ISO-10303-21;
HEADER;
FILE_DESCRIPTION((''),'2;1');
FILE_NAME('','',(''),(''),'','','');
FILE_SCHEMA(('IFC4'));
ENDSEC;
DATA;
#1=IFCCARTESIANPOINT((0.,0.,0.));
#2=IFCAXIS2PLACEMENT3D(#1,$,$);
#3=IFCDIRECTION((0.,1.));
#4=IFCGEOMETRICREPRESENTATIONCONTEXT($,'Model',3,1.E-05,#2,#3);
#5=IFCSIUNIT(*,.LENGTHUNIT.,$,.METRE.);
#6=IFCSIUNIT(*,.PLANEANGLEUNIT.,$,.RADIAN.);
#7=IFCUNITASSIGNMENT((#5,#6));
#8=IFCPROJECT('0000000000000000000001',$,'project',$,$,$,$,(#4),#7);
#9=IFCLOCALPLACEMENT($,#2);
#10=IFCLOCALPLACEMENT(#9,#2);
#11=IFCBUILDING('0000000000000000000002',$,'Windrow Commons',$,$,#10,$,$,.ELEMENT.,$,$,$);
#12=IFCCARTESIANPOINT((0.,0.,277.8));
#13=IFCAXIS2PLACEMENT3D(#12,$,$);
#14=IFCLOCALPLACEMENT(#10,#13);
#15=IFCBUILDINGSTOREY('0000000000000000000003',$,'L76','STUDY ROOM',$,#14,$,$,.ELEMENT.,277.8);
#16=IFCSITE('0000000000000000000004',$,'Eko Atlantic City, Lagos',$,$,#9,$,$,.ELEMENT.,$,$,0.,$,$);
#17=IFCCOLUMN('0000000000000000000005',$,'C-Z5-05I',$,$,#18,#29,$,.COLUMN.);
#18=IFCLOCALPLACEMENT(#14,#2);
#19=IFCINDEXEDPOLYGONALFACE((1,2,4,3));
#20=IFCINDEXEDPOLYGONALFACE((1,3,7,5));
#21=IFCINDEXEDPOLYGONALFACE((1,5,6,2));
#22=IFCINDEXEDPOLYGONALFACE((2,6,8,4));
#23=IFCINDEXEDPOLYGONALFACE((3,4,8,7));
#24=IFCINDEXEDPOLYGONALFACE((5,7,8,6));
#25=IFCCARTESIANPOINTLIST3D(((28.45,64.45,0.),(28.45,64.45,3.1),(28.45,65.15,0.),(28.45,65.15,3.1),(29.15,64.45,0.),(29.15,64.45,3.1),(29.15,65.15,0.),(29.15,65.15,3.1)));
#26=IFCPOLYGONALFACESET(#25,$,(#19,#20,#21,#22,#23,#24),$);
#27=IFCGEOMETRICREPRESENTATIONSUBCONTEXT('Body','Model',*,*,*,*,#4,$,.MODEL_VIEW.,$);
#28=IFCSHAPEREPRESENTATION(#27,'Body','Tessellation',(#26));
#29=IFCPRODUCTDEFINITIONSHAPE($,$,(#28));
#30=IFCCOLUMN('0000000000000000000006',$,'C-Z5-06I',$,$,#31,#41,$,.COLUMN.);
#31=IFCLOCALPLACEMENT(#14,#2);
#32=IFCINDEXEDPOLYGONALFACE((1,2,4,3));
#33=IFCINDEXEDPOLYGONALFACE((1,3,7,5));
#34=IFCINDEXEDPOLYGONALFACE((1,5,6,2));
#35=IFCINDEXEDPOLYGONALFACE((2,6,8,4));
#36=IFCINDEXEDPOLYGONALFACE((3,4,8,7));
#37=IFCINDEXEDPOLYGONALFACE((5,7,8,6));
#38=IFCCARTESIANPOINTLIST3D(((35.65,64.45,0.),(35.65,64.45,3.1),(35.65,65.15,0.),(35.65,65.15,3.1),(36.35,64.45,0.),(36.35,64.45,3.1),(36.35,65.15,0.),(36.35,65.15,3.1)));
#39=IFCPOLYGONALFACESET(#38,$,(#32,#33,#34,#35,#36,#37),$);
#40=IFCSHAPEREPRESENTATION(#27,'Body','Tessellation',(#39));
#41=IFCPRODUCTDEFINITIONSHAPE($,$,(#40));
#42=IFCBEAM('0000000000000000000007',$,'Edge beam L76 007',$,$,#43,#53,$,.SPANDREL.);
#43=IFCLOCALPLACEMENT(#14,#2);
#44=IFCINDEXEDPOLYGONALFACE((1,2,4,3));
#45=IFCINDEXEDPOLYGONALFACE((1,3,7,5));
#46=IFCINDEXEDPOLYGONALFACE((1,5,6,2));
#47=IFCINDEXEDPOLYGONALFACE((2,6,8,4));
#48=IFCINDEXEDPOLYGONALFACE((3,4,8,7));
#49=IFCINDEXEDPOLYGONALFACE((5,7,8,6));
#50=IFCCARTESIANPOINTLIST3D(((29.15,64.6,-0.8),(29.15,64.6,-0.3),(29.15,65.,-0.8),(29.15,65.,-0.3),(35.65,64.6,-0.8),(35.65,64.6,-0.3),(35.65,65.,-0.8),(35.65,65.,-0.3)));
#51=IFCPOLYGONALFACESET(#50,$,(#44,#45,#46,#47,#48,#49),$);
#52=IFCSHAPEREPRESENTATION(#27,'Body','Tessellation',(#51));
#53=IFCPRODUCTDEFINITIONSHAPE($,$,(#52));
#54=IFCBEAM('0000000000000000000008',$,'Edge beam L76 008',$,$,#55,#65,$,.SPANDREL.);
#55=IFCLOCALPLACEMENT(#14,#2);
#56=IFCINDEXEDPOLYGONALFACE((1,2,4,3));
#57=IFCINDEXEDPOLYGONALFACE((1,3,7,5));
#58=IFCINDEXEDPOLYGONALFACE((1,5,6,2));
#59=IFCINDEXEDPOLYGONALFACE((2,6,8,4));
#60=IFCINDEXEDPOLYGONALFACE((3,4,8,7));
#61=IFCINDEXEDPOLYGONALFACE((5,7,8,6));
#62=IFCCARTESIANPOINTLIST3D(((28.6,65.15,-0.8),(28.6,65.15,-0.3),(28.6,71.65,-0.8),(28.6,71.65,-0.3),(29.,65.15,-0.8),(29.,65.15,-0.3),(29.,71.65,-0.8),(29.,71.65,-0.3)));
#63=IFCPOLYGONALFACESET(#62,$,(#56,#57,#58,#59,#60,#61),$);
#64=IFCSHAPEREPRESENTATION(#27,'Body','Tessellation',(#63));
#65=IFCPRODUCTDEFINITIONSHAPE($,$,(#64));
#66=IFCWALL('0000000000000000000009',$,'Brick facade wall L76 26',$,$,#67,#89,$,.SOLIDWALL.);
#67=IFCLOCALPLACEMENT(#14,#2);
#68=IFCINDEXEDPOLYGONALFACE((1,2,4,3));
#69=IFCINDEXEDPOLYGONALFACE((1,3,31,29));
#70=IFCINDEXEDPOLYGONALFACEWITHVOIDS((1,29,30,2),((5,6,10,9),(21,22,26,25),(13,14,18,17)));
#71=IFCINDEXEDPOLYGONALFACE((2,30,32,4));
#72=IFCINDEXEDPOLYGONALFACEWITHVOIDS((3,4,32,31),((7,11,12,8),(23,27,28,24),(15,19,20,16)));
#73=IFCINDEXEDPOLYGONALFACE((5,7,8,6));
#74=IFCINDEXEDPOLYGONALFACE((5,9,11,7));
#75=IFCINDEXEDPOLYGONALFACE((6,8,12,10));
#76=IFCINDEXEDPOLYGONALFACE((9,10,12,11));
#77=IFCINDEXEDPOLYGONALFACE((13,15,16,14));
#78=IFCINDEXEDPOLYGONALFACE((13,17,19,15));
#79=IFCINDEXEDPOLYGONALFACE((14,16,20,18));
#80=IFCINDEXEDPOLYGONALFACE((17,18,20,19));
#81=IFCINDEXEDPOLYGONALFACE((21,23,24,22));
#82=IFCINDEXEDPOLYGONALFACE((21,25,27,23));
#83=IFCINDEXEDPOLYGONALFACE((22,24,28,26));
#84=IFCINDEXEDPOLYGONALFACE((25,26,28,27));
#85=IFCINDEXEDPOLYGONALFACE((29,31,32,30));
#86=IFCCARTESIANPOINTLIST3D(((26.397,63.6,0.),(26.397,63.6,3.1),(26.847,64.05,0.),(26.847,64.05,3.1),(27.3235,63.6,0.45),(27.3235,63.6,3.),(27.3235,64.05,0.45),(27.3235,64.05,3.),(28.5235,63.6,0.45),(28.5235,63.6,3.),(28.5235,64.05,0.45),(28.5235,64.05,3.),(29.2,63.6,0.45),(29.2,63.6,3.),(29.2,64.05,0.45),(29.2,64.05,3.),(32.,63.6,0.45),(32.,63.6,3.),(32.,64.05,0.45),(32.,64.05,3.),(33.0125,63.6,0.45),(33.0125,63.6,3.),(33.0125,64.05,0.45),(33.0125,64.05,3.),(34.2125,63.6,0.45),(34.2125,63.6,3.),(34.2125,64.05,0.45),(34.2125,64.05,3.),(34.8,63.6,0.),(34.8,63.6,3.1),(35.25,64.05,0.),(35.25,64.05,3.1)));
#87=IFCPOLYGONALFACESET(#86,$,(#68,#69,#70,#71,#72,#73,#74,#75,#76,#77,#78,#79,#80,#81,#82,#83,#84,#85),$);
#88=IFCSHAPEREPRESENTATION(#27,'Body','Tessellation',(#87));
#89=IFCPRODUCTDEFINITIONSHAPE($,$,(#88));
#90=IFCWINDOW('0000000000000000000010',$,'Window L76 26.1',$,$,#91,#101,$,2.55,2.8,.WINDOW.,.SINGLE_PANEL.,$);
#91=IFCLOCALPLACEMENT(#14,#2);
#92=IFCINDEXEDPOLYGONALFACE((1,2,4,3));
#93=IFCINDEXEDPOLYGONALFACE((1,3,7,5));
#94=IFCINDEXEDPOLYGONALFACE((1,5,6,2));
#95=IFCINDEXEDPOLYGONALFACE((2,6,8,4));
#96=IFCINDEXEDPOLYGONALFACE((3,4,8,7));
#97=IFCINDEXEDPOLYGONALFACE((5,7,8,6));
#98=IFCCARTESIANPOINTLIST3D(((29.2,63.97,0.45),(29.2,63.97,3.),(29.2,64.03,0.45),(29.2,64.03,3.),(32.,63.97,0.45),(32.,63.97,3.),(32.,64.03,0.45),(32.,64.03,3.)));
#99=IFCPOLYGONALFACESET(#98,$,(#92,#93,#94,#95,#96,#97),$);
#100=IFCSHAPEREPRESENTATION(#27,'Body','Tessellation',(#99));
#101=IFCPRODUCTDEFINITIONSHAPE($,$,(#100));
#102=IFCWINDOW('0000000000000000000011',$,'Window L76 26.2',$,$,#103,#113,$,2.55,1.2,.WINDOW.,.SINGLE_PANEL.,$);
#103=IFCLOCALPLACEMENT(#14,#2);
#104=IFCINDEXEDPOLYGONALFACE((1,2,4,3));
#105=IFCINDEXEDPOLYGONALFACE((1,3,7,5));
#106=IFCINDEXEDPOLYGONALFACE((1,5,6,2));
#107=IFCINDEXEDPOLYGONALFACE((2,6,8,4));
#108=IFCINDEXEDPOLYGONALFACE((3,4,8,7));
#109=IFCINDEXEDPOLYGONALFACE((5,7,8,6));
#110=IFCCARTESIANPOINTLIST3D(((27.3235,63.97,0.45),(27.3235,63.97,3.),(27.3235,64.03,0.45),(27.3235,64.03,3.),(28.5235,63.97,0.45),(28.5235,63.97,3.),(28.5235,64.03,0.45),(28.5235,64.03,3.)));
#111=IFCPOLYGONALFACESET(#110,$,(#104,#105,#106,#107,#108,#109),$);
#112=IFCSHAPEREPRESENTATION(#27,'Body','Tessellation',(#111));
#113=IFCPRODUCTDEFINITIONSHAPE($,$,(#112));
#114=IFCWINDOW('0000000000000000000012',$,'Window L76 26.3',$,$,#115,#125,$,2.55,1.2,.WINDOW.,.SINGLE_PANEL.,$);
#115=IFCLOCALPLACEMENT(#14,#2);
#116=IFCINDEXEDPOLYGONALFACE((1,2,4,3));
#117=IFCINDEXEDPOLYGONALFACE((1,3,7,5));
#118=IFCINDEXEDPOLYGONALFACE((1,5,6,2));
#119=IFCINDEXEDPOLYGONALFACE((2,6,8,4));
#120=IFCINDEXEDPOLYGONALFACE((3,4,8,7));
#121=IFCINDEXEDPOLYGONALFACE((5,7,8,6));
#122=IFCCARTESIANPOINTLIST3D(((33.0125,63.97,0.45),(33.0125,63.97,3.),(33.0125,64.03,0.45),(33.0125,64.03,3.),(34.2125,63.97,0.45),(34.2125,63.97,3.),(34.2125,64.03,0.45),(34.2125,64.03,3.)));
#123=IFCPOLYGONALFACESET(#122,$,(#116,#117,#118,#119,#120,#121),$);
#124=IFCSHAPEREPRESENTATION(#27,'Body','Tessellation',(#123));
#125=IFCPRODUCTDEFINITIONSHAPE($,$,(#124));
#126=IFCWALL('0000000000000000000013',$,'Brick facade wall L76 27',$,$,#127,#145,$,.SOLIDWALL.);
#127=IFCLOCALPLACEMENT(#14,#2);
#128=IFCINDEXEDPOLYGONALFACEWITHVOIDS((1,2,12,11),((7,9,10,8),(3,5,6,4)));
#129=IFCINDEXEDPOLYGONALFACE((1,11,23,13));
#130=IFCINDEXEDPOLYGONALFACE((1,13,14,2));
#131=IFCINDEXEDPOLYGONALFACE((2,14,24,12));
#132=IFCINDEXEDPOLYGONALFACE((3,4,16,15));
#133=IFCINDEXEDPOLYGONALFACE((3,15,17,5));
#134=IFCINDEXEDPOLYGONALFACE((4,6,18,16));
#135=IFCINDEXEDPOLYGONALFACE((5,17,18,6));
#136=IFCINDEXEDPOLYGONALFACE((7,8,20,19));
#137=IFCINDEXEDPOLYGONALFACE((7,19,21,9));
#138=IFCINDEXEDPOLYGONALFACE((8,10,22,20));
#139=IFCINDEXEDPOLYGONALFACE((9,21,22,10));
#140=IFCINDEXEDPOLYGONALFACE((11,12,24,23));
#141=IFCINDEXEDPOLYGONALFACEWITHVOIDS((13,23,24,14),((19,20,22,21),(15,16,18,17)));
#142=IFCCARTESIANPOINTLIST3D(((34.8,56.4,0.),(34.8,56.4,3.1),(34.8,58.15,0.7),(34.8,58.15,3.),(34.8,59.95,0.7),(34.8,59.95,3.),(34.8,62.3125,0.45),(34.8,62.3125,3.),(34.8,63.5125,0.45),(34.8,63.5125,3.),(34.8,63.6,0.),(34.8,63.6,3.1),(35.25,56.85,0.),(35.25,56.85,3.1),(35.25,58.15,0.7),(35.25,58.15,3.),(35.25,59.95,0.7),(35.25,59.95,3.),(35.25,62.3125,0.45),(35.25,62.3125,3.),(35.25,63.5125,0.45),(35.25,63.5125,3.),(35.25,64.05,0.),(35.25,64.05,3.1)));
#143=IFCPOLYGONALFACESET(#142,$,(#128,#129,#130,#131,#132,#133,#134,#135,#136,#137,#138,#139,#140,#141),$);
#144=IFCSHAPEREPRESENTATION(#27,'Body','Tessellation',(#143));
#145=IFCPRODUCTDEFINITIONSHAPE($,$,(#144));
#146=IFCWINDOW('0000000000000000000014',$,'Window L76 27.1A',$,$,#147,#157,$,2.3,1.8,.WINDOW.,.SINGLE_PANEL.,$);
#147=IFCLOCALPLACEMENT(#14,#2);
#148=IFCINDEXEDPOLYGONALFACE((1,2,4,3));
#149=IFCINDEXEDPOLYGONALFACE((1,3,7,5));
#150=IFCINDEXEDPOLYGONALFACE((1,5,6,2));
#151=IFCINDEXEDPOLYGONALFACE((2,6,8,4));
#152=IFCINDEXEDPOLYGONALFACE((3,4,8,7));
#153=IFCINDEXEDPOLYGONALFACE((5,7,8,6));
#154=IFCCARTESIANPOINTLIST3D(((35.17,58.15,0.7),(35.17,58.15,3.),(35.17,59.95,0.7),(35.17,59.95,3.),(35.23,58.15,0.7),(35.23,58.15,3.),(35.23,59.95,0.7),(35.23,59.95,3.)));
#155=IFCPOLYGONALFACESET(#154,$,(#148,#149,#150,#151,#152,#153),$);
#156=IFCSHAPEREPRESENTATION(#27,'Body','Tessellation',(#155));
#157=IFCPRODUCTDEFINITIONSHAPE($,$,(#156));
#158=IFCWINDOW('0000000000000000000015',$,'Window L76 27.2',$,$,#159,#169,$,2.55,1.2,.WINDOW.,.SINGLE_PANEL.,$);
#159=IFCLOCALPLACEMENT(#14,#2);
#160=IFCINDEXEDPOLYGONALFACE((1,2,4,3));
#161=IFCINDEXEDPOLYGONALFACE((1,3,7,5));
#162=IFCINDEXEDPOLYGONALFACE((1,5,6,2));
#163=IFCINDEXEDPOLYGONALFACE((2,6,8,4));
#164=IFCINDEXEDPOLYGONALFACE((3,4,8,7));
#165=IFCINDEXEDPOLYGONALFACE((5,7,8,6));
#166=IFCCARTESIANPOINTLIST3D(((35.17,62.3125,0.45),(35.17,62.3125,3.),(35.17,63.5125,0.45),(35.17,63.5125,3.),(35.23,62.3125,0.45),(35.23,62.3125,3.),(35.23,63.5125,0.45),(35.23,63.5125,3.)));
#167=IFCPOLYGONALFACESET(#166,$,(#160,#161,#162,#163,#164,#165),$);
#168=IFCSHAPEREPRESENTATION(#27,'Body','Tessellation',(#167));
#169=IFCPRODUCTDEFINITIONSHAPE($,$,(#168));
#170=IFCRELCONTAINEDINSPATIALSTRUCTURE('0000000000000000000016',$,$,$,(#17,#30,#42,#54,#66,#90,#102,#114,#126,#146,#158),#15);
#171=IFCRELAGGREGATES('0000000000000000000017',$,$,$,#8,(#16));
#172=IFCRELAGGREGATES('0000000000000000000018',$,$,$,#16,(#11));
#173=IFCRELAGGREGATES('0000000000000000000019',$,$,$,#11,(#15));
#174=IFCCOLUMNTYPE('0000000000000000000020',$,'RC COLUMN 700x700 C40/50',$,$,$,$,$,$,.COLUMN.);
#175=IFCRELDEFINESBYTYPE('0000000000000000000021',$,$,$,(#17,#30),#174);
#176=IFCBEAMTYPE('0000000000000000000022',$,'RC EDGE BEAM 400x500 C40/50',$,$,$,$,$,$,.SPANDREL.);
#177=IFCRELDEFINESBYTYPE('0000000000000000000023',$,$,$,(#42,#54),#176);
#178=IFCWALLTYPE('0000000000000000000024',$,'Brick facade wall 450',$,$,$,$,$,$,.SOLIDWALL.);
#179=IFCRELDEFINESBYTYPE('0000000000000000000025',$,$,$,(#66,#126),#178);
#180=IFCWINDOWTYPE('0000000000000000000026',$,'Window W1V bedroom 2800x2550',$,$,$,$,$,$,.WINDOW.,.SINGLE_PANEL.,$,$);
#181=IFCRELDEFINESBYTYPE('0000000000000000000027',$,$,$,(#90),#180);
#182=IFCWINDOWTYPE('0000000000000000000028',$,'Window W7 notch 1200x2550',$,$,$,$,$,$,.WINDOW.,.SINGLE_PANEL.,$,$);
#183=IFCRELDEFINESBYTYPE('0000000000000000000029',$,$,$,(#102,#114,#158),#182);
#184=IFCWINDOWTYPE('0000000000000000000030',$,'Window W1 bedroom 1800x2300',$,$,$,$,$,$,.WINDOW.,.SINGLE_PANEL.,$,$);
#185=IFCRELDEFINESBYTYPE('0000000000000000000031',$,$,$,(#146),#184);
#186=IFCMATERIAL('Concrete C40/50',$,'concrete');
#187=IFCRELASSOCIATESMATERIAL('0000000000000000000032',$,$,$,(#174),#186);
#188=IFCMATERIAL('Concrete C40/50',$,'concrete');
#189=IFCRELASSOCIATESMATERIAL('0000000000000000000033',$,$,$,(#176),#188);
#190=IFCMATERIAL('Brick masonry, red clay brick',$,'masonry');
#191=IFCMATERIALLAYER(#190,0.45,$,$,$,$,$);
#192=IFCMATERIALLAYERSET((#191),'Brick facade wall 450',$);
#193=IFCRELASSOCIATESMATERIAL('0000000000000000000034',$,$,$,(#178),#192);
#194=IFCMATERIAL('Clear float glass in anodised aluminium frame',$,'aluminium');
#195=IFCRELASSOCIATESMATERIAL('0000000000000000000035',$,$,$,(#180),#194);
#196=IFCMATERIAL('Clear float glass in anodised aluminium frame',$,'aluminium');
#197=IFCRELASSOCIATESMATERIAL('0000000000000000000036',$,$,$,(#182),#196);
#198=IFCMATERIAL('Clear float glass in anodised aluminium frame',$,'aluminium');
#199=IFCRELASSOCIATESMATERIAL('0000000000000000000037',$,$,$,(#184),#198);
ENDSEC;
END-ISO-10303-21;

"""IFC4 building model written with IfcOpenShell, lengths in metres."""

from ifc_helpers import new_model, si_unit, direction, frame, frame_2d, origin, origin_2d, place, context, subcontext, project, spatial, polyline, rectangle, outline, extrude, material, layer, layer_set, material_profile, profile_set, type_object, element, fill, save


model = new_model("IFC4")

# Units and contexts
model_context = context("Model", 3, precision=1e-05, world=origin(), true_north=direction((0.0, 1.0)))
body_context = subcontext(model_context, "Body", "Model", "MODEL_VIEW")
ifc_project = project(units=[si_unit("LENGTHUNIT", "METRE"), si_unit("PLANEANGLEUNIT", "RADIAN")], contexts=[model_context])

# Site, building, storey
site_placement = place(None, origin())
site = spatial("IfcSite", under=ifc_project, at=site_placement, Name="Eko Atlantic City, Lagos", CompositionType="ELEMENT", RefElevation=0.0)
building_placement = place(site_placement, origin())
building = spatial("IfcBuilding", under=site, at=building_placement, Name="Windrow Commons", CompositionType="ELEMENT")
storey_placement = place(building_placement, frame((0.0, 0.0, 277.8)))
storey = spatial("IfcBuildingStorey", under=building, at=storey_placement, Name="L76", Description="STUDY ROOM", CompositionType="ELEMENT", Elevation=277.8)

# Columns
ifc_material_1 = material(Name="Concrete C40/50", Category="concrete")
ifc_material_profile_1 = material_profile(ifc_material_1, rectangle(XDim=0.7, YDim=0.7, at=origin_2d()))
ifc_profile_set_1 = profile_set([ifc_material_profile_1], Name="Concrete C40/50")
column_type = type_object("IfcColumnType", Name="RC COLUMN 700x700 C40/50", PredefinedType="COLUMN", material=ifc_profile_set_1)
for number, where, z_axis, x_axis, name in (
    (1, (28.8, 64.8, 0.0), (0.0, 0.0, 1.0), (1.0, 0.0, 0.0), "C-Z5-05I"),
    (2, (36.0, 64.8, 0.0), (0.0, 0.0, 1.0), (1.0, 0.0, 0.0), "C-Z5-06I"),
):
    element("IfcColumn", number, at=place(storey_placement, frame(where, z_axis=z_axis, x_axis=x_axis)), inside=storey, type_object=column_type, Name=name, PredefinedType="COLUMN", context=body_context, shape_type="SweptSolid", body=[
        extrude(rectangle(XDim=0.7, YDim=0.7, at=origin_2d()), origin(), (0.0, 0.0, 1.0), 3.1),
    ])

# Beams
ifc_material_2 = material(Name="Concrete C40/50", Category="concrete")
ifc_material_profile_2 = material_profile(ifc_material_2, rectangle(XDim=0.4, YDim=0.5, at=origin_2d()))
ifc_profile_set_2 = profile_set([ifc_material_profile_2], Name="Concrete C40/50")
beam_type = type_object("IfcBeamType", Name="RC EDGE BEAM 400x500 C40/50", PredefinedType="SPANDREL", material=ifc_profile_set_2)
for number, where, z_axis, x_axis, name in (
    (3, (35.65, 64.8, -0.55), (-1.0, 0.0, 0.0), (0.0, -1.0, 0.0), "Edge beam L76 007"),
    (4, (28.8, 65.15, -0.55), (0.0, 1.0, 0.0), (-1.0, 0.0, 0.0), "Edge beam L76 008"),
):
    element("IfcBeam", number, at=place(storey_placement, frame(where, z_axis=z_axis, x_axis=x_axis)), inside=storey, type_object=beam_type, Name=name, PredefinedType="SPANDREL", context=body_context, shape_type="SweptSolid", body=[
        extrude(rectangle(XDim=0.4, YDim=0.5, at=origin_2d()), origin(), (0.0, 0.0, 1.0), 6.5),
    ])

# Walls, openings, windows
ifc_material_3 = material(Name="Brick masonry, red clay brick", Category="masonry")
ifc_layer_1 = layer(ifc_material_3, 0.45)
ifc_layer_set_1 = layer_set([ifc_layer_1], Name="Brick facade wall 450")
wall_type_1 = type_object("IfcWallType", Name="Brick facade wall 450", PredefinedType="SOLIDWALL", material=ifc_layer_set_1)
wall_1_placement = place(storey_placement, frame((26.622, 63.825, 0.0), z_axis=(0.0, 0.0, 1.0), x_axis=(1.0, 0.0, 0.0)))
wall_1 = element("IfcWall", 5, at=wall_1_placement, inside=storey, type_object=wall_type_1, Name="Brick facade wall L76 26", PredefinedType="SOLIDWALL", context=body_context, shape_type="SweptSolid", body=[
    extrude(outline(polyline([(-0.225, -0.225), (8.178, -0.225), (8.628, 0.225), (0.225, 0.225), (-0.225, -0.225)])), origin(), (0.0, 0.0, 1.0), 3.1),
])
opening_1_placement = place(wall_1_placement, frame((2.578, 0.0, 0.45)))
opening_1 = element("IfcOpeningElement", 6, at=opening_1_placement, cuts=wall_1, PredefinedType="OPENING", context=body_context, shape_type="SweptSolid", body=[
    extrude(rectangle(XDim=2.8, YDim=2.55, at=frame_2d((1.4, 1.275))), frame((0.0, 0.235, 0.0), z_axis=(0.0, -1.0, 0.0), x_axis=(1.0, 0.0, 0.0)), (0.0, 0.0, 1.0), 0.47),
])
opening_2_placement = place(wall_1_placement, frame((0.7015, 0.0, 0.45)))
opening_2 = element("IfcOpeningElement", 7, at=opening_2_placement, cuts=wall_1, PredefinedType="OPENING", context=body_context, shape_type="SweptSolid", body=[
    extrude(rectangle(XDim=1.2, YDim=2.55, at=frame_2d((0.6, 1.275))), frame((0.0, 0.235, 0.0), z_axis=(0.0, -1.0, 0.0), x_axis=(1.0, 0.0, 0.0)), (0.0, 0.0, 1.0), 0.47),
])
opening_3_placement = place(wall_1_placement, frame((6.3905, 0.0, 0.45)))
opening_3 = element("IfcOpeningElement", 8, at=opening_3_placement, cuts=wall_1, PredefinedType="OPENING", context=body_context, shape_type="SweptSolid", body=[
    extrude(rectangle(XDim=1.2, YDim=2.55, at=frame_2d((0.6, 1.275))), frame((0.0, 0.235, 0.0), z_axis=(0.0, -1.0, 0.0), x_axis=(1.0, 0.0, 0.0)), (0.0, 0.0, 1.0), 0.47),
])
ifc_material_4 = material(Name="Clear float glass in anodised aluminium frame", Category="aluminium")
window_type_1 = type_object("IfcWindowType", Name="Window W1V bedroom 2800x2550", PartitioningType="SINGLE_PANEL", PredefinedType="WINDOW", material=ifc_material_4)
window_1_placement = place(opening_1_placement, origin())
window_1 = element("IfcWindow", 9, at=window_1_placement, inside=storey, type_object=window_type_1, Name="Window L76 26.1", OverallHeight=2.55, OverallWidth=2.8, PartitioningType="SINGLE_PANEL", PredefinedType="WINDOW", context=body_context, shape_type="SweptSolid", body=[
    extrude(rectangle(XDim=2.8, YDim=2.55, at=frame_2d((1.4, 1.275))), frame((0.0, 0.205, 0.0), z_axis=(0.0, -1.0, 0.0), x_axis=(1.0, 0.0, 0.0)), (0.0, 0.0, 1.0), 0.06),
])
fill(opening_1, window_1)
ifc_material_5 = material(Name="Clear float glass in anodised aluminium frame", Category="aluminium")
window_type_2 = type_object("IfcWindowType", Name="Window W7 notch 1200x2550", PartitioningType="SINGLE_PANEL", PredefinedType="WINDOW", material=ifc_material_5)
window_2_placement = place(opening_2_placement, origin())
window_2 = element("IfcWindow", 10, at=window_2_placement, inside=storey, type_object=window_type_2, Name="Window L76 26.2", OverallHeight=2.55, OverallWidth=1.2, PartitioningType="SINGLE_PANEL", PredefinedType="WINDOW", context=body_context, shape_type="SweptSolid", body=[
    extrude(rectangle(XDim=1.2, YDim=2.55, at=frame_2d((0.6, 1.275))), frame((0.0, 0.205, 0.0), z_axis=(0.0, -1.0, 0.0), x_axis=(1.0, 0.0, 0.0)), (0.0, 0.0, 1.0), 0.06),
])
fill(opening_2, window_2)
window_3_placement = place(opening_3_placement, origin())
window_3 = element("IfcWindow", 11, at=window_3_placement, inside=storey, type_object=window_type_2, Name="Window L76 26.3", OverallHeight=2.55, OverallWidth=1.2, PartitioningType="SINGLE_PANEL", PredefinedType="WINDOW", context=body_context, shape_type="SweptSolid", body=[
    extrude(rectangle(XDim=1.2, YDim=2.55, at=frame_2d((0.6, 1.275))), frame((0.0, 0.205, 0.0), z_axis=(0.0, -1.0, 0.0), x_axis=(1.0, 0.0, 0.0)), (0.0, 0.0, 1.0), 0.06),
])
fill(opening_3, window_3)
wall_2_placement = place(storey_placement, frame((35.025, 63.825, 0.0), z_axis=(0.0, 0.0, 1.0), x_axis=(0.0, -1.0, 0.0)))
wall_2 = element("IfcWall", 12, at=wall_2_placement, inside=storey, type_object=wall_type_1, Name="Brick facade wall L76 27", PredefinedType="SOLIDWALL", context=body_context, shape_type="SweptSolid", body=[
    extrude(outline(polyline([(0.225, -0.225), (7.425, -0.225), (6.975, 0.225), (-0.225, 0.225), (0.225, -0.225)])), origin(), (0.0, 0.0, 1.0), 3.1),
])
opening_4_placement = place(wall_2_placement, frame((0.3125, 0.0, 0.45)))
opening_4 = element("IfcOpeningElement", 13, at=opening_4_placement, cuts=wall_2, PredefinedType="OPENING", context=body_context, shape_type="SweptSolid", body=[
    extrude(rectangle(XDim=1.2, YDim=2.55, at=frame_2d((0.6, 1.275))), frame((0.0, 0.235, 0.0), z_axis=(0.0, -1.0, 0.0), x_axis=(1.0, 0.0, 0.0)), (0.0, 0.0, 1.0), 0.47),
])
opening_5_placement = place(wall_2_placement, frame((3.875, 0.0, 0.7)))
opening_5 = element("IfcOpeningElement", 14, at=opening_5_placement, cuts=wall_2, PredefinedType="OPENING", context=body_context, shape_type="SweptSolid", body=[
    extrude(rectangle(XDim=1.8, YDim=2.3, at=frame_2d((0.9, 1.15))), frame((0.0, 0.235, 0.0), z_axis=(0.0, -1.0, 0.0), x_axis=(1.0, 0.0, 0.0)), (0.0, 0.0, 1.0), 0.47),
])
ifc_material_6 = material(Name="Clear float glass in anodised aluminium frame", Category="aluminium")
window_type_3 = type_object("IfcWindowType", Name="Window W1 bedroom 1800x2300", PartitioningType="SINGLE_PANEL", PredefinedType="WINDOW", material=ifc_material_6)
window_4_placement = place(opening_5_placement, origin())
window_4 = element("IfcWindow", 15, at=window_4_placement, inside=storey, type_object=window_type_3, Name="Window L76 27.1A", OverallHeight=2.3, OverallWidth=1.8, PartitioningType="SINGLE_PANEL", PredefinedType="WINDOW", context=body_context, shape_type="SweptSolid", body=[
    extrude(rectangle(XDim=1.8, YDim=2.3, at=frame_2d((0.9, 1.15))), frame((0.0, 0.205, 0.0), z_axis=(0.0, -1.0, 0.0), x_axis=(1.0, 0.0, 0.0)), (0.0, 0.0, 1.0), 0.06),
])
fill(opening_5, window_4)
window_5_placement = place(opening_4_placement, origin())
window_5 = element("IfcWindow", 16, at=window_5_placement, inside=storey, type_object=window_type_2, Name="Window L76 27.2", OverallHeight=2.55, OverallWidth=1.2, PartitioningType="SINGLE_PANEL", PredefinedType="WINDOW", context=body_context, shape_type="SweptSolid", body=[
    extrude(rectangle(XDim=1.2, YDim=2.55, at=frame_2d((0.6, 1.275))), frame((0.0, 0.205, 0.0), z_axis=(0.0, -1.0, 0.0), x_axis=(1.0, 0.0, 0.0)), (0.0, 0.0, 1.0), 0.06),
])
fill(opening_4, window_5)

save(model, "model.ifc")
